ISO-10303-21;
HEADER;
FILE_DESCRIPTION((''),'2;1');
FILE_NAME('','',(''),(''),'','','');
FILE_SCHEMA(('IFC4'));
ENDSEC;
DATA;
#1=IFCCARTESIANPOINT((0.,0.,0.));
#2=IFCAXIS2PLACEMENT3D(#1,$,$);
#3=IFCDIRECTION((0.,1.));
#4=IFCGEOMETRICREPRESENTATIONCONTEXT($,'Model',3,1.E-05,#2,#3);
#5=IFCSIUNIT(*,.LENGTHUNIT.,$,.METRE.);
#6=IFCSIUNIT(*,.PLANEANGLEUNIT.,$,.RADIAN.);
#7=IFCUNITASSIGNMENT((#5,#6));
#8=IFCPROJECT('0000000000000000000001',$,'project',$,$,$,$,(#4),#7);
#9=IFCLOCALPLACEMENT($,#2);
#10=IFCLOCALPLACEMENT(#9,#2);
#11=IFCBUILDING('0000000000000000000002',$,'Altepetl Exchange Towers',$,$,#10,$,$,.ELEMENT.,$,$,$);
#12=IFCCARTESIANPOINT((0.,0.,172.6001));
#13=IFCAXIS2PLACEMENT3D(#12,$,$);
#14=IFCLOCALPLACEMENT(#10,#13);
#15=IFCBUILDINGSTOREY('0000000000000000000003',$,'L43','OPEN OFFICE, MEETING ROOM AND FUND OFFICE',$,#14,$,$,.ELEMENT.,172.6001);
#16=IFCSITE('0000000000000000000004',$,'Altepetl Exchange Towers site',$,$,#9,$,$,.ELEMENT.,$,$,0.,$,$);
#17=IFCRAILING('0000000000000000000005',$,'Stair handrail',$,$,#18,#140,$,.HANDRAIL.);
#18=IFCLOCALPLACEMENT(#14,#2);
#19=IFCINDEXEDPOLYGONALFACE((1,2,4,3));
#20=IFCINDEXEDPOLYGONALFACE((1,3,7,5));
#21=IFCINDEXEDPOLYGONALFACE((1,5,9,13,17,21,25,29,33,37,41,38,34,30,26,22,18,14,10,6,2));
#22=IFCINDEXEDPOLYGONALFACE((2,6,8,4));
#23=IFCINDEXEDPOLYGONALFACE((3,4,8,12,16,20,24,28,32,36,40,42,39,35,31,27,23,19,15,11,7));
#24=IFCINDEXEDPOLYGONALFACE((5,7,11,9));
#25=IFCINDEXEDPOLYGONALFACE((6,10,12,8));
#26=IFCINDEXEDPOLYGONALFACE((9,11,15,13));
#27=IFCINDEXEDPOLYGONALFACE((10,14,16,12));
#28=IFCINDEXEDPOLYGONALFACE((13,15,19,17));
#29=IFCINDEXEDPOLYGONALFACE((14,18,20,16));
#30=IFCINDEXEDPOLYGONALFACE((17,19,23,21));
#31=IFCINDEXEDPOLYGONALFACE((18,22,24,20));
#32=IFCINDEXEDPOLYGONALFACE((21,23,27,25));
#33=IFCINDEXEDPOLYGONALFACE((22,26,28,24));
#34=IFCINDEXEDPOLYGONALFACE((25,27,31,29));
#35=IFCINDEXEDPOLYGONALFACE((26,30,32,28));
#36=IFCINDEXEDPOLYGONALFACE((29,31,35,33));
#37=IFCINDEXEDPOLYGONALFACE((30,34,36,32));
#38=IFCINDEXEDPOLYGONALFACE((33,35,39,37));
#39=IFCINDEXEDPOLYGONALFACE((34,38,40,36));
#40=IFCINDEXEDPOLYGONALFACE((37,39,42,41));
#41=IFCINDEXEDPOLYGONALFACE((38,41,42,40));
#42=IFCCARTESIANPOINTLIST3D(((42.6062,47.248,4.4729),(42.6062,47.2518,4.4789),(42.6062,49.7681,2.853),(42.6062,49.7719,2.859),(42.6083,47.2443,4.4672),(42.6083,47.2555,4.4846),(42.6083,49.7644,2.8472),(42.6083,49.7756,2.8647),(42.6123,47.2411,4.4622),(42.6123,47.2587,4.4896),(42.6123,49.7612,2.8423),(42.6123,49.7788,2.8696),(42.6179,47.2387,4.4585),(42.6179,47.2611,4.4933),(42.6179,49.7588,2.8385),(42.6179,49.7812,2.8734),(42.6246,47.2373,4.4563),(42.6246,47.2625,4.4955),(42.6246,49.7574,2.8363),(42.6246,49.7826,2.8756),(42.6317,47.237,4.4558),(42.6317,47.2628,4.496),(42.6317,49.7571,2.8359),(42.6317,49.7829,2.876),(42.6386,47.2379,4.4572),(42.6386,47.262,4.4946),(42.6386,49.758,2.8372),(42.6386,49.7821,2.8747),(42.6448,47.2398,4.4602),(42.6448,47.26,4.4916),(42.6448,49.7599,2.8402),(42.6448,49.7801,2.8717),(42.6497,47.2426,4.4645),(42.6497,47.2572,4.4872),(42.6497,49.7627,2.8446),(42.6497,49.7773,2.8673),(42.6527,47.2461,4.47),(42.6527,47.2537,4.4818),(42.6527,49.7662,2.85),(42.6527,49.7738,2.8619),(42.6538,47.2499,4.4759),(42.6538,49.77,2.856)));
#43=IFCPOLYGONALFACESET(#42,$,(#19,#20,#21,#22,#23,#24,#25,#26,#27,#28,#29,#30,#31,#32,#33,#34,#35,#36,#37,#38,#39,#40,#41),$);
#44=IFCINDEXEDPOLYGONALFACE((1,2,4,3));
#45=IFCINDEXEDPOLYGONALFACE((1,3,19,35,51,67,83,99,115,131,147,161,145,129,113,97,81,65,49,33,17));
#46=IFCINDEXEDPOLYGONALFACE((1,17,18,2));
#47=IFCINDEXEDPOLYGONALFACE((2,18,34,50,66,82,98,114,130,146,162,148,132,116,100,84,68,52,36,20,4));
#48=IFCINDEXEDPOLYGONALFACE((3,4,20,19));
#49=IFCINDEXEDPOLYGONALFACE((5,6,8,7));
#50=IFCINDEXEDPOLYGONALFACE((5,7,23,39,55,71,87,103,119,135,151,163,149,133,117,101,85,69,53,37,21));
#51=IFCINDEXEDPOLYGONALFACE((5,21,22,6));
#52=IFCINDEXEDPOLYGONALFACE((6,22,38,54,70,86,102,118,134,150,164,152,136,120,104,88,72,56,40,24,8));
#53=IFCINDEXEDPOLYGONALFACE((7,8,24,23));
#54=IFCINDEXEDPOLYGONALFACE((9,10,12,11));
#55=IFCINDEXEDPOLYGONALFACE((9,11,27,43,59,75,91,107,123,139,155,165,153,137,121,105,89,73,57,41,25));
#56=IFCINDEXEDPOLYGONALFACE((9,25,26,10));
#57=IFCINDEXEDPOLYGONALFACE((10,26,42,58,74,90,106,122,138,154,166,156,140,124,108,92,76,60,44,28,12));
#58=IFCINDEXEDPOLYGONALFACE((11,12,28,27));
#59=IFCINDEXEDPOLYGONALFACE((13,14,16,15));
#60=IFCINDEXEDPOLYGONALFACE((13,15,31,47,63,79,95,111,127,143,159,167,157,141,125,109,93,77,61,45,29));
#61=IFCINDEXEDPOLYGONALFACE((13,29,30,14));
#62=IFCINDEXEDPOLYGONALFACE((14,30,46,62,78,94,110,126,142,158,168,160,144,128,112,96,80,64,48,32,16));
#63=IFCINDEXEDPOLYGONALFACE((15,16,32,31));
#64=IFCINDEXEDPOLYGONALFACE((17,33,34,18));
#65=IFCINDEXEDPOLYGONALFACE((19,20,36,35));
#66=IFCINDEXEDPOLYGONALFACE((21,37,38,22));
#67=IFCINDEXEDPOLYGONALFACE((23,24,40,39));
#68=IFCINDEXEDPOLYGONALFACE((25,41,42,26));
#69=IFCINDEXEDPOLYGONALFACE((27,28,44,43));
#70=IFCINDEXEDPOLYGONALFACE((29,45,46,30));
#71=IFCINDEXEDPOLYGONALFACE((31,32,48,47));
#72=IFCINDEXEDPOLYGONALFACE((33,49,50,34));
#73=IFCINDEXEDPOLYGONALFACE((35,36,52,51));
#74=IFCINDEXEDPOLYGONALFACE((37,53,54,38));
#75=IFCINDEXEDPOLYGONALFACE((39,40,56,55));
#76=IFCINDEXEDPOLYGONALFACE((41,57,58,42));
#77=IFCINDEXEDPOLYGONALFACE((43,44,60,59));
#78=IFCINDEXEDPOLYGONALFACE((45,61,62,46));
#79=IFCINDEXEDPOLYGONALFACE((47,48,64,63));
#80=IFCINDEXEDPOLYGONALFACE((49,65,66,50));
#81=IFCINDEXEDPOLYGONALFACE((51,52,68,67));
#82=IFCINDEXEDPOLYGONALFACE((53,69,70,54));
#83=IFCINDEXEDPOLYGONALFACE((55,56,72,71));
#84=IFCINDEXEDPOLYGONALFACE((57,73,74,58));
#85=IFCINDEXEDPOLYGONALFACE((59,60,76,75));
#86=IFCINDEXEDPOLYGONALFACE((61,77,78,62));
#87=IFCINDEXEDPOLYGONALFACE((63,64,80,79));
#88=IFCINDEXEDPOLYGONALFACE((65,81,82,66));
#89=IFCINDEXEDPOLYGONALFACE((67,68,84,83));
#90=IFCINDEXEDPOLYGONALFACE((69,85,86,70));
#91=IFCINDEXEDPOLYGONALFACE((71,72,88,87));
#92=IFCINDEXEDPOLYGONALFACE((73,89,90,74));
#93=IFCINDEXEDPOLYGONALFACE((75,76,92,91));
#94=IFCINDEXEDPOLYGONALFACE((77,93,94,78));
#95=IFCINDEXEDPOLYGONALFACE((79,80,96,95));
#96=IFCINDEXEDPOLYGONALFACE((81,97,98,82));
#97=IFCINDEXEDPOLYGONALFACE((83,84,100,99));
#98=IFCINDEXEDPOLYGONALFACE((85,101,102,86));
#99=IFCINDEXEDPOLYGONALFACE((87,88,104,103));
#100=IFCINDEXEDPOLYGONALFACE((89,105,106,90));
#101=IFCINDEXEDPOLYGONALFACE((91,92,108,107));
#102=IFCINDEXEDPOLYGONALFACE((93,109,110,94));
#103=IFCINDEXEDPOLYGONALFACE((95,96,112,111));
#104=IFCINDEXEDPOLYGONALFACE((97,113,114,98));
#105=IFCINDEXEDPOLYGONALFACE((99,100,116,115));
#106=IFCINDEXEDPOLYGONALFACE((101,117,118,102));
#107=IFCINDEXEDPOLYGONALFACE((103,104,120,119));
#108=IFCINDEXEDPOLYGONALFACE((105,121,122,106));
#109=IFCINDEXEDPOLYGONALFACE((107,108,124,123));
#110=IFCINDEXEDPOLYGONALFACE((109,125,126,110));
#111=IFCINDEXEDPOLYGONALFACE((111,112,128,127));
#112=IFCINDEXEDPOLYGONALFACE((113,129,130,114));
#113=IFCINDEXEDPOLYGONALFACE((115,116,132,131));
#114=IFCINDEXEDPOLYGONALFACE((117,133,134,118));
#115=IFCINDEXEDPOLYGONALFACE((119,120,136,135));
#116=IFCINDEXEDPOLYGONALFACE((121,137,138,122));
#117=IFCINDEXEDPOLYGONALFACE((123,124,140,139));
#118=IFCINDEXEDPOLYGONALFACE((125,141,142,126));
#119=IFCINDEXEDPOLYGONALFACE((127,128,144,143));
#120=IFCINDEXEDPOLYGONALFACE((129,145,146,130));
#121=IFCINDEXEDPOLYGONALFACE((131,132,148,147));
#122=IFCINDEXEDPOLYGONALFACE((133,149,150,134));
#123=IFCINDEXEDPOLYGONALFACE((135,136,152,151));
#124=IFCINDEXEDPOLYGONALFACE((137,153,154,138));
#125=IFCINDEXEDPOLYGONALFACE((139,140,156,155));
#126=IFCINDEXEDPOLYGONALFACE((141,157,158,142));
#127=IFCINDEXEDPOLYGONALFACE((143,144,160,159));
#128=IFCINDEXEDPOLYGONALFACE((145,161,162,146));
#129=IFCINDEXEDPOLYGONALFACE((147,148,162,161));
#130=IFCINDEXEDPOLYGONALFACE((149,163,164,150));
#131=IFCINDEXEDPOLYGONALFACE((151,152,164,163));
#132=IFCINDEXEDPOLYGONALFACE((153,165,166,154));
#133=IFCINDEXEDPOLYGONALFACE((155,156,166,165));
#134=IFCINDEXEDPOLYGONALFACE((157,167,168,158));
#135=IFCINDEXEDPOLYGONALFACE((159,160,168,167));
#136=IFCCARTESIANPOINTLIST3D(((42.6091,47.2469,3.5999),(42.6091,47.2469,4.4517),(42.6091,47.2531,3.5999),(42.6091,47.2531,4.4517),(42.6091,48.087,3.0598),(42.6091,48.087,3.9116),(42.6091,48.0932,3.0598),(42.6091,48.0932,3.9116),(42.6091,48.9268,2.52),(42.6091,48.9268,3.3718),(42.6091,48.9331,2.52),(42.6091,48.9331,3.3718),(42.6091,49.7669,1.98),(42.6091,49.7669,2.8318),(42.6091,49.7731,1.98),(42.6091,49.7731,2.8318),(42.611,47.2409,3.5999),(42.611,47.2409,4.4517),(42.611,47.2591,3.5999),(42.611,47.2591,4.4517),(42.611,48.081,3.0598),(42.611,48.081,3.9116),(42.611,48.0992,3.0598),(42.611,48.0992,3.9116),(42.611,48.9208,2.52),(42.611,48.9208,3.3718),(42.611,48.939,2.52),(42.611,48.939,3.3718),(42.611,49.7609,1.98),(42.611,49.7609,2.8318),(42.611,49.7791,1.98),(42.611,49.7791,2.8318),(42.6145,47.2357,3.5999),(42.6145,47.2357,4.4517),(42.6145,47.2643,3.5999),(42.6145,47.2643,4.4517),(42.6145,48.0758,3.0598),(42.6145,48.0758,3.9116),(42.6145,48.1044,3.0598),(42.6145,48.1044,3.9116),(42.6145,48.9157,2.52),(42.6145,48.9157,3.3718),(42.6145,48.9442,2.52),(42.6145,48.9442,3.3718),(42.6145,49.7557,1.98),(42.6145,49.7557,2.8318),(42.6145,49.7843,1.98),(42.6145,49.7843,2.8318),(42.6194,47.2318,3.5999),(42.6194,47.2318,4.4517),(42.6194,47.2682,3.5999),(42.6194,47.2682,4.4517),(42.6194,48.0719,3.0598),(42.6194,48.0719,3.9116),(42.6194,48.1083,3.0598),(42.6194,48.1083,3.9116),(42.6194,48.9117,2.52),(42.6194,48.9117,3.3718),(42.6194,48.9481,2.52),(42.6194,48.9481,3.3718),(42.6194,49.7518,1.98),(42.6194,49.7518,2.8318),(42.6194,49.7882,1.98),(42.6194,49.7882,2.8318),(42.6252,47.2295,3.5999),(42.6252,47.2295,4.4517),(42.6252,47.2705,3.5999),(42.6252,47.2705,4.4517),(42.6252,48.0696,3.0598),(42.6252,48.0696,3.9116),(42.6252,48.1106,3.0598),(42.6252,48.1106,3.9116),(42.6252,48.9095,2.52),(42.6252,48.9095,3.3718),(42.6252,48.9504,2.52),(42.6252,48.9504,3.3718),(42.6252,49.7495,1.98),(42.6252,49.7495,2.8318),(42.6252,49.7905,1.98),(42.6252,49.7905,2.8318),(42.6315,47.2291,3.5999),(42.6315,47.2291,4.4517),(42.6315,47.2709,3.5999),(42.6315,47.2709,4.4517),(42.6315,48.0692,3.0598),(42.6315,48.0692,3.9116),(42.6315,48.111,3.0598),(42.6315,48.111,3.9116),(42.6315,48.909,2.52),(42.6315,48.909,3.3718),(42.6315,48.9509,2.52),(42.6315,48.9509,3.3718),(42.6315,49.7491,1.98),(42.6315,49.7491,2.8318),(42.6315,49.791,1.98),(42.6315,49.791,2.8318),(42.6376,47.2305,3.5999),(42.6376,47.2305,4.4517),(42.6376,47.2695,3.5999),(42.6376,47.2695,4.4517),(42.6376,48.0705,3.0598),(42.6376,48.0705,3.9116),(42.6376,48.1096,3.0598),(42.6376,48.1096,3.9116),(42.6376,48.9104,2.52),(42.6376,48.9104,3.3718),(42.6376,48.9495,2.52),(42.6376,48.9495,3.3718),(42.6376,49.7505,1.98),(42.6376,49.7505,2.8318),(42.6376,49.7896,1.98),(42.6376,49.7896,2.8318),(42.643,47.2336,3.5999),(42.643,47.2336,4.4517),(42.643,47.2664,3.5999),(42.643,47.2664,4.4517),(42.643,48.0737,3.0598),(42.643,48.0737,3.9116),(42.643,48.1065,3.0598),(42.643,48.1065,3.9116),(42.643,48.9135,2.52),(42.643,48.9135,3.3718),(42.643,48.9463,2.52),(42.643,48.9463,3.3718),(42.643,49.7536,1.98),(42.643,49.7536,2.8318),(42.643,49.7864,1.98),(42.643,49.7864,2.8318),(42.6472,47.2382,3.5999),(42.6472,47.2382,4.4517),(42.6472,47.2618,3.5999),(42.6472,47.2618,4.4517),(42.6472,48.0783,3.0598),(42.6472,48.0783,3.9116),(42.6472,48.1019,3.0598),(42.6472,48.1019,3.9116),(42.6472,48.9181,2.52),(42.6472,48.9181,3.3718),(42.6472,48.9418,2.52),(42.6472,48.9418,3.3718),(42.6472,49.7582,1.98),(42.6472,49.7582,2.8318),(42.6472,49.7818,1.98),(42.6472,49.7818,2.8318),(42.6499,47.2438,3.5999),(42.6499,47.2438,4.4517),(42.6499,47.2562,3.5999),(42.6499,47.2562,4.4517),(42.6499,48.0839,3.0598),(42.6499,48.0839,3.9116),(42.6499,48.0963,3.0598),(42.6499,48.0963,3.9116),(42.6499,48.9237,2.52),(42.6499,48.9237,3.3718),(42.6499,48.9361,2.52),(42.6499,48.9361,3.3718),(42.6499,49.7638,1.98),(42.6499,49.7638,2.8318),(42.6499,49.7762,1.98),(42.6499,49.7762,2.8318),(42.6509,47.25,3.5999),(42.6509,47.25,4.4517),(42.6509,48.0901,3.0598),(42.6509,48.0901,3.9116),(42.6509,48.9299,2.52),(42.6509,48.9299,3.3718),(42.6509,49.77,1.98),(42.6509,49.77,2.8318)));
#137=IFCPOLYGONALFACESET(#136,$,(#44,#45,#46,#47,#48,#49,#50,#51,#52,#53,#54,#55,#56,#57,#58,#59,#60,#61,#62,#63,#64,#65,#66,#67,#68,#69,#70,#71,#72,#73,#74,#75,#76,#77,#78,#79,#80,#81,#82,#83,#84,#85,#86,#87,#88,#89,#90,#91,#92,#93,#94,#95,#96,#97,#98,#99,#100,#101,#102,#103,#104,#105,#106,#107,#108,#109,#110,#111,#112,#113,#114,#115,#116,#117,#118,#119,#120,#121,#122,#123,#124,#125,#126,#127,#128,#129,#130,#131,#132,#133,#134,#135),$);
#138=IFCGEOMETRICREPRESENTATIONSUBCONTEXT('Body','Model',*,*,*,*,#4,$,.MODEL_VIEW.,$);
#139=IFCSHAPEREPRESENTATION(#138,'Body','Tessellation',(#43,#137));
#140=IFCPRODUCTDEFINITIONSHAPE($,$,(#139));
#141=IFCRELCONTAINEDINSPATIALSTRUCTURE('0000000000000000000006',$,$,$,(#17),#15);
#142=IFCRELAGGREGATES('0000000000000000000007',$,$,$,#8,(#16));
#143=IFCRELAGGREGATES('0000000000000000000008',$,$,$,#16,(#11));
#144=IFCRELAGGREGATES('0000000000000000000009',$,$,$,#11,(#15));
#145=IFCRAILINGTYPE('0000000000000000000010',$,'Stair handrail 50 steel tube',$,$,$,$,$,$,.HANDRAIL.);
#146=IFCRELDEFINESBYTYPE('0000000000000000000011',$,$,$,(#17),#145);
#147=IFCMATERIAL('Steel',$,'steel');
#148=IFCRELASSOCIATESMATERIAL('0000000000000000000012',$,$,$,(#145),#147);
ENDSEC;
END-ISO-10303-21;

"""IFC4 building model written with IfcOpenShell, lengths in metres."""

from ifc_helpers import new_model, si_unit, direction, frame, origin, origin_2d, place, context, subcontext, project, spatial, circle, extrude, source, transform, mapped, material, type_object, element, save


model = new_model("IFC4")

# Units and contexts
model_context = context("Model", 3, precision=1e-05, world=origin(), true_north=direction((0.0, 1.0)))
body_context = subcontext(model_context, "Body", "Model", "MODEL_VIEW")
ifc_project = project(units=[si_unit("LENGTHUNIT", "METRE"), si_unit("PLANEANGLEUNIT", "RADIAN")], contexts=[model_context])

# Site, building, storey
site_placement = place(None, origin())
site = spatial("IfcSite", under=ifc_project, at=site_placement, Name="Altepetl Exchange Towers site", CompositionType="ELEMENT", RefElevation=0.0)
building_placement = place(site_placement, origin())
building = spatial("IfcBuilding", under=site, at=building_placement, Name="Altepetl Exchange Towers", CompositionType="ELEMENT")
storey_placement = place(building_placement, frame((0.0, 0.0, 172.6001)))
storey = spatial("IfcBuildingStorey", under=building, at=storey_placement, Name="L43", Description="OPEN OFFICE, MEETING ROOM AND FUND OFFICE", CompositionType="ELEMENT", Elevation=172.6001)

# Railing
ifc_material_1 = material(Name="Steel", Category="steel")
railing_type = type_object("IfcRailingType", Name="Stair handrail 50 steel tube", PredefinedType="HANDRAIL", material=ifc_material_1)
shared_shape = source(origin(), body_context, "Body", "SweptSolid", [
    extrude(circle(Radius=0.021, at=origin_2d()), origin(), (0.0, 0.0, 1.0), 0.8518),
])
railing_1_placement = place(storey_placement, frame((42.6299, 49.77, 1.98)))
element("IfcRailing", 1, at=railing_1_placement, inside=storey, type_object=railing_type, Name="Stair handrail", PredefinedType="HANDRAIL", context=body_context, shape_type="SweptSolid", body=[
    extrude(circle(Radius=0.0239, at=origin_2d()), frame((0.0, 0.0, 0.876), z_axis=(0.0, -0.8412, 0.540725), x_axis=(1.0, 0.0, 0.0)), (0.0, 0.0, 1.0), 2.9958),
    mapped(shared_shape, transform((0.0, 0.0, 0.0))),
    mapped(shared_shape, transform((0.0, -0.8401, 0.54))),
    mapped(shared_shape, transform((0.0, -1.6799, 1.0798))),
    mapped(shared_shape, transform((0.0, -2.52, 1.6199))),
])

save(model, "model.ifc")
